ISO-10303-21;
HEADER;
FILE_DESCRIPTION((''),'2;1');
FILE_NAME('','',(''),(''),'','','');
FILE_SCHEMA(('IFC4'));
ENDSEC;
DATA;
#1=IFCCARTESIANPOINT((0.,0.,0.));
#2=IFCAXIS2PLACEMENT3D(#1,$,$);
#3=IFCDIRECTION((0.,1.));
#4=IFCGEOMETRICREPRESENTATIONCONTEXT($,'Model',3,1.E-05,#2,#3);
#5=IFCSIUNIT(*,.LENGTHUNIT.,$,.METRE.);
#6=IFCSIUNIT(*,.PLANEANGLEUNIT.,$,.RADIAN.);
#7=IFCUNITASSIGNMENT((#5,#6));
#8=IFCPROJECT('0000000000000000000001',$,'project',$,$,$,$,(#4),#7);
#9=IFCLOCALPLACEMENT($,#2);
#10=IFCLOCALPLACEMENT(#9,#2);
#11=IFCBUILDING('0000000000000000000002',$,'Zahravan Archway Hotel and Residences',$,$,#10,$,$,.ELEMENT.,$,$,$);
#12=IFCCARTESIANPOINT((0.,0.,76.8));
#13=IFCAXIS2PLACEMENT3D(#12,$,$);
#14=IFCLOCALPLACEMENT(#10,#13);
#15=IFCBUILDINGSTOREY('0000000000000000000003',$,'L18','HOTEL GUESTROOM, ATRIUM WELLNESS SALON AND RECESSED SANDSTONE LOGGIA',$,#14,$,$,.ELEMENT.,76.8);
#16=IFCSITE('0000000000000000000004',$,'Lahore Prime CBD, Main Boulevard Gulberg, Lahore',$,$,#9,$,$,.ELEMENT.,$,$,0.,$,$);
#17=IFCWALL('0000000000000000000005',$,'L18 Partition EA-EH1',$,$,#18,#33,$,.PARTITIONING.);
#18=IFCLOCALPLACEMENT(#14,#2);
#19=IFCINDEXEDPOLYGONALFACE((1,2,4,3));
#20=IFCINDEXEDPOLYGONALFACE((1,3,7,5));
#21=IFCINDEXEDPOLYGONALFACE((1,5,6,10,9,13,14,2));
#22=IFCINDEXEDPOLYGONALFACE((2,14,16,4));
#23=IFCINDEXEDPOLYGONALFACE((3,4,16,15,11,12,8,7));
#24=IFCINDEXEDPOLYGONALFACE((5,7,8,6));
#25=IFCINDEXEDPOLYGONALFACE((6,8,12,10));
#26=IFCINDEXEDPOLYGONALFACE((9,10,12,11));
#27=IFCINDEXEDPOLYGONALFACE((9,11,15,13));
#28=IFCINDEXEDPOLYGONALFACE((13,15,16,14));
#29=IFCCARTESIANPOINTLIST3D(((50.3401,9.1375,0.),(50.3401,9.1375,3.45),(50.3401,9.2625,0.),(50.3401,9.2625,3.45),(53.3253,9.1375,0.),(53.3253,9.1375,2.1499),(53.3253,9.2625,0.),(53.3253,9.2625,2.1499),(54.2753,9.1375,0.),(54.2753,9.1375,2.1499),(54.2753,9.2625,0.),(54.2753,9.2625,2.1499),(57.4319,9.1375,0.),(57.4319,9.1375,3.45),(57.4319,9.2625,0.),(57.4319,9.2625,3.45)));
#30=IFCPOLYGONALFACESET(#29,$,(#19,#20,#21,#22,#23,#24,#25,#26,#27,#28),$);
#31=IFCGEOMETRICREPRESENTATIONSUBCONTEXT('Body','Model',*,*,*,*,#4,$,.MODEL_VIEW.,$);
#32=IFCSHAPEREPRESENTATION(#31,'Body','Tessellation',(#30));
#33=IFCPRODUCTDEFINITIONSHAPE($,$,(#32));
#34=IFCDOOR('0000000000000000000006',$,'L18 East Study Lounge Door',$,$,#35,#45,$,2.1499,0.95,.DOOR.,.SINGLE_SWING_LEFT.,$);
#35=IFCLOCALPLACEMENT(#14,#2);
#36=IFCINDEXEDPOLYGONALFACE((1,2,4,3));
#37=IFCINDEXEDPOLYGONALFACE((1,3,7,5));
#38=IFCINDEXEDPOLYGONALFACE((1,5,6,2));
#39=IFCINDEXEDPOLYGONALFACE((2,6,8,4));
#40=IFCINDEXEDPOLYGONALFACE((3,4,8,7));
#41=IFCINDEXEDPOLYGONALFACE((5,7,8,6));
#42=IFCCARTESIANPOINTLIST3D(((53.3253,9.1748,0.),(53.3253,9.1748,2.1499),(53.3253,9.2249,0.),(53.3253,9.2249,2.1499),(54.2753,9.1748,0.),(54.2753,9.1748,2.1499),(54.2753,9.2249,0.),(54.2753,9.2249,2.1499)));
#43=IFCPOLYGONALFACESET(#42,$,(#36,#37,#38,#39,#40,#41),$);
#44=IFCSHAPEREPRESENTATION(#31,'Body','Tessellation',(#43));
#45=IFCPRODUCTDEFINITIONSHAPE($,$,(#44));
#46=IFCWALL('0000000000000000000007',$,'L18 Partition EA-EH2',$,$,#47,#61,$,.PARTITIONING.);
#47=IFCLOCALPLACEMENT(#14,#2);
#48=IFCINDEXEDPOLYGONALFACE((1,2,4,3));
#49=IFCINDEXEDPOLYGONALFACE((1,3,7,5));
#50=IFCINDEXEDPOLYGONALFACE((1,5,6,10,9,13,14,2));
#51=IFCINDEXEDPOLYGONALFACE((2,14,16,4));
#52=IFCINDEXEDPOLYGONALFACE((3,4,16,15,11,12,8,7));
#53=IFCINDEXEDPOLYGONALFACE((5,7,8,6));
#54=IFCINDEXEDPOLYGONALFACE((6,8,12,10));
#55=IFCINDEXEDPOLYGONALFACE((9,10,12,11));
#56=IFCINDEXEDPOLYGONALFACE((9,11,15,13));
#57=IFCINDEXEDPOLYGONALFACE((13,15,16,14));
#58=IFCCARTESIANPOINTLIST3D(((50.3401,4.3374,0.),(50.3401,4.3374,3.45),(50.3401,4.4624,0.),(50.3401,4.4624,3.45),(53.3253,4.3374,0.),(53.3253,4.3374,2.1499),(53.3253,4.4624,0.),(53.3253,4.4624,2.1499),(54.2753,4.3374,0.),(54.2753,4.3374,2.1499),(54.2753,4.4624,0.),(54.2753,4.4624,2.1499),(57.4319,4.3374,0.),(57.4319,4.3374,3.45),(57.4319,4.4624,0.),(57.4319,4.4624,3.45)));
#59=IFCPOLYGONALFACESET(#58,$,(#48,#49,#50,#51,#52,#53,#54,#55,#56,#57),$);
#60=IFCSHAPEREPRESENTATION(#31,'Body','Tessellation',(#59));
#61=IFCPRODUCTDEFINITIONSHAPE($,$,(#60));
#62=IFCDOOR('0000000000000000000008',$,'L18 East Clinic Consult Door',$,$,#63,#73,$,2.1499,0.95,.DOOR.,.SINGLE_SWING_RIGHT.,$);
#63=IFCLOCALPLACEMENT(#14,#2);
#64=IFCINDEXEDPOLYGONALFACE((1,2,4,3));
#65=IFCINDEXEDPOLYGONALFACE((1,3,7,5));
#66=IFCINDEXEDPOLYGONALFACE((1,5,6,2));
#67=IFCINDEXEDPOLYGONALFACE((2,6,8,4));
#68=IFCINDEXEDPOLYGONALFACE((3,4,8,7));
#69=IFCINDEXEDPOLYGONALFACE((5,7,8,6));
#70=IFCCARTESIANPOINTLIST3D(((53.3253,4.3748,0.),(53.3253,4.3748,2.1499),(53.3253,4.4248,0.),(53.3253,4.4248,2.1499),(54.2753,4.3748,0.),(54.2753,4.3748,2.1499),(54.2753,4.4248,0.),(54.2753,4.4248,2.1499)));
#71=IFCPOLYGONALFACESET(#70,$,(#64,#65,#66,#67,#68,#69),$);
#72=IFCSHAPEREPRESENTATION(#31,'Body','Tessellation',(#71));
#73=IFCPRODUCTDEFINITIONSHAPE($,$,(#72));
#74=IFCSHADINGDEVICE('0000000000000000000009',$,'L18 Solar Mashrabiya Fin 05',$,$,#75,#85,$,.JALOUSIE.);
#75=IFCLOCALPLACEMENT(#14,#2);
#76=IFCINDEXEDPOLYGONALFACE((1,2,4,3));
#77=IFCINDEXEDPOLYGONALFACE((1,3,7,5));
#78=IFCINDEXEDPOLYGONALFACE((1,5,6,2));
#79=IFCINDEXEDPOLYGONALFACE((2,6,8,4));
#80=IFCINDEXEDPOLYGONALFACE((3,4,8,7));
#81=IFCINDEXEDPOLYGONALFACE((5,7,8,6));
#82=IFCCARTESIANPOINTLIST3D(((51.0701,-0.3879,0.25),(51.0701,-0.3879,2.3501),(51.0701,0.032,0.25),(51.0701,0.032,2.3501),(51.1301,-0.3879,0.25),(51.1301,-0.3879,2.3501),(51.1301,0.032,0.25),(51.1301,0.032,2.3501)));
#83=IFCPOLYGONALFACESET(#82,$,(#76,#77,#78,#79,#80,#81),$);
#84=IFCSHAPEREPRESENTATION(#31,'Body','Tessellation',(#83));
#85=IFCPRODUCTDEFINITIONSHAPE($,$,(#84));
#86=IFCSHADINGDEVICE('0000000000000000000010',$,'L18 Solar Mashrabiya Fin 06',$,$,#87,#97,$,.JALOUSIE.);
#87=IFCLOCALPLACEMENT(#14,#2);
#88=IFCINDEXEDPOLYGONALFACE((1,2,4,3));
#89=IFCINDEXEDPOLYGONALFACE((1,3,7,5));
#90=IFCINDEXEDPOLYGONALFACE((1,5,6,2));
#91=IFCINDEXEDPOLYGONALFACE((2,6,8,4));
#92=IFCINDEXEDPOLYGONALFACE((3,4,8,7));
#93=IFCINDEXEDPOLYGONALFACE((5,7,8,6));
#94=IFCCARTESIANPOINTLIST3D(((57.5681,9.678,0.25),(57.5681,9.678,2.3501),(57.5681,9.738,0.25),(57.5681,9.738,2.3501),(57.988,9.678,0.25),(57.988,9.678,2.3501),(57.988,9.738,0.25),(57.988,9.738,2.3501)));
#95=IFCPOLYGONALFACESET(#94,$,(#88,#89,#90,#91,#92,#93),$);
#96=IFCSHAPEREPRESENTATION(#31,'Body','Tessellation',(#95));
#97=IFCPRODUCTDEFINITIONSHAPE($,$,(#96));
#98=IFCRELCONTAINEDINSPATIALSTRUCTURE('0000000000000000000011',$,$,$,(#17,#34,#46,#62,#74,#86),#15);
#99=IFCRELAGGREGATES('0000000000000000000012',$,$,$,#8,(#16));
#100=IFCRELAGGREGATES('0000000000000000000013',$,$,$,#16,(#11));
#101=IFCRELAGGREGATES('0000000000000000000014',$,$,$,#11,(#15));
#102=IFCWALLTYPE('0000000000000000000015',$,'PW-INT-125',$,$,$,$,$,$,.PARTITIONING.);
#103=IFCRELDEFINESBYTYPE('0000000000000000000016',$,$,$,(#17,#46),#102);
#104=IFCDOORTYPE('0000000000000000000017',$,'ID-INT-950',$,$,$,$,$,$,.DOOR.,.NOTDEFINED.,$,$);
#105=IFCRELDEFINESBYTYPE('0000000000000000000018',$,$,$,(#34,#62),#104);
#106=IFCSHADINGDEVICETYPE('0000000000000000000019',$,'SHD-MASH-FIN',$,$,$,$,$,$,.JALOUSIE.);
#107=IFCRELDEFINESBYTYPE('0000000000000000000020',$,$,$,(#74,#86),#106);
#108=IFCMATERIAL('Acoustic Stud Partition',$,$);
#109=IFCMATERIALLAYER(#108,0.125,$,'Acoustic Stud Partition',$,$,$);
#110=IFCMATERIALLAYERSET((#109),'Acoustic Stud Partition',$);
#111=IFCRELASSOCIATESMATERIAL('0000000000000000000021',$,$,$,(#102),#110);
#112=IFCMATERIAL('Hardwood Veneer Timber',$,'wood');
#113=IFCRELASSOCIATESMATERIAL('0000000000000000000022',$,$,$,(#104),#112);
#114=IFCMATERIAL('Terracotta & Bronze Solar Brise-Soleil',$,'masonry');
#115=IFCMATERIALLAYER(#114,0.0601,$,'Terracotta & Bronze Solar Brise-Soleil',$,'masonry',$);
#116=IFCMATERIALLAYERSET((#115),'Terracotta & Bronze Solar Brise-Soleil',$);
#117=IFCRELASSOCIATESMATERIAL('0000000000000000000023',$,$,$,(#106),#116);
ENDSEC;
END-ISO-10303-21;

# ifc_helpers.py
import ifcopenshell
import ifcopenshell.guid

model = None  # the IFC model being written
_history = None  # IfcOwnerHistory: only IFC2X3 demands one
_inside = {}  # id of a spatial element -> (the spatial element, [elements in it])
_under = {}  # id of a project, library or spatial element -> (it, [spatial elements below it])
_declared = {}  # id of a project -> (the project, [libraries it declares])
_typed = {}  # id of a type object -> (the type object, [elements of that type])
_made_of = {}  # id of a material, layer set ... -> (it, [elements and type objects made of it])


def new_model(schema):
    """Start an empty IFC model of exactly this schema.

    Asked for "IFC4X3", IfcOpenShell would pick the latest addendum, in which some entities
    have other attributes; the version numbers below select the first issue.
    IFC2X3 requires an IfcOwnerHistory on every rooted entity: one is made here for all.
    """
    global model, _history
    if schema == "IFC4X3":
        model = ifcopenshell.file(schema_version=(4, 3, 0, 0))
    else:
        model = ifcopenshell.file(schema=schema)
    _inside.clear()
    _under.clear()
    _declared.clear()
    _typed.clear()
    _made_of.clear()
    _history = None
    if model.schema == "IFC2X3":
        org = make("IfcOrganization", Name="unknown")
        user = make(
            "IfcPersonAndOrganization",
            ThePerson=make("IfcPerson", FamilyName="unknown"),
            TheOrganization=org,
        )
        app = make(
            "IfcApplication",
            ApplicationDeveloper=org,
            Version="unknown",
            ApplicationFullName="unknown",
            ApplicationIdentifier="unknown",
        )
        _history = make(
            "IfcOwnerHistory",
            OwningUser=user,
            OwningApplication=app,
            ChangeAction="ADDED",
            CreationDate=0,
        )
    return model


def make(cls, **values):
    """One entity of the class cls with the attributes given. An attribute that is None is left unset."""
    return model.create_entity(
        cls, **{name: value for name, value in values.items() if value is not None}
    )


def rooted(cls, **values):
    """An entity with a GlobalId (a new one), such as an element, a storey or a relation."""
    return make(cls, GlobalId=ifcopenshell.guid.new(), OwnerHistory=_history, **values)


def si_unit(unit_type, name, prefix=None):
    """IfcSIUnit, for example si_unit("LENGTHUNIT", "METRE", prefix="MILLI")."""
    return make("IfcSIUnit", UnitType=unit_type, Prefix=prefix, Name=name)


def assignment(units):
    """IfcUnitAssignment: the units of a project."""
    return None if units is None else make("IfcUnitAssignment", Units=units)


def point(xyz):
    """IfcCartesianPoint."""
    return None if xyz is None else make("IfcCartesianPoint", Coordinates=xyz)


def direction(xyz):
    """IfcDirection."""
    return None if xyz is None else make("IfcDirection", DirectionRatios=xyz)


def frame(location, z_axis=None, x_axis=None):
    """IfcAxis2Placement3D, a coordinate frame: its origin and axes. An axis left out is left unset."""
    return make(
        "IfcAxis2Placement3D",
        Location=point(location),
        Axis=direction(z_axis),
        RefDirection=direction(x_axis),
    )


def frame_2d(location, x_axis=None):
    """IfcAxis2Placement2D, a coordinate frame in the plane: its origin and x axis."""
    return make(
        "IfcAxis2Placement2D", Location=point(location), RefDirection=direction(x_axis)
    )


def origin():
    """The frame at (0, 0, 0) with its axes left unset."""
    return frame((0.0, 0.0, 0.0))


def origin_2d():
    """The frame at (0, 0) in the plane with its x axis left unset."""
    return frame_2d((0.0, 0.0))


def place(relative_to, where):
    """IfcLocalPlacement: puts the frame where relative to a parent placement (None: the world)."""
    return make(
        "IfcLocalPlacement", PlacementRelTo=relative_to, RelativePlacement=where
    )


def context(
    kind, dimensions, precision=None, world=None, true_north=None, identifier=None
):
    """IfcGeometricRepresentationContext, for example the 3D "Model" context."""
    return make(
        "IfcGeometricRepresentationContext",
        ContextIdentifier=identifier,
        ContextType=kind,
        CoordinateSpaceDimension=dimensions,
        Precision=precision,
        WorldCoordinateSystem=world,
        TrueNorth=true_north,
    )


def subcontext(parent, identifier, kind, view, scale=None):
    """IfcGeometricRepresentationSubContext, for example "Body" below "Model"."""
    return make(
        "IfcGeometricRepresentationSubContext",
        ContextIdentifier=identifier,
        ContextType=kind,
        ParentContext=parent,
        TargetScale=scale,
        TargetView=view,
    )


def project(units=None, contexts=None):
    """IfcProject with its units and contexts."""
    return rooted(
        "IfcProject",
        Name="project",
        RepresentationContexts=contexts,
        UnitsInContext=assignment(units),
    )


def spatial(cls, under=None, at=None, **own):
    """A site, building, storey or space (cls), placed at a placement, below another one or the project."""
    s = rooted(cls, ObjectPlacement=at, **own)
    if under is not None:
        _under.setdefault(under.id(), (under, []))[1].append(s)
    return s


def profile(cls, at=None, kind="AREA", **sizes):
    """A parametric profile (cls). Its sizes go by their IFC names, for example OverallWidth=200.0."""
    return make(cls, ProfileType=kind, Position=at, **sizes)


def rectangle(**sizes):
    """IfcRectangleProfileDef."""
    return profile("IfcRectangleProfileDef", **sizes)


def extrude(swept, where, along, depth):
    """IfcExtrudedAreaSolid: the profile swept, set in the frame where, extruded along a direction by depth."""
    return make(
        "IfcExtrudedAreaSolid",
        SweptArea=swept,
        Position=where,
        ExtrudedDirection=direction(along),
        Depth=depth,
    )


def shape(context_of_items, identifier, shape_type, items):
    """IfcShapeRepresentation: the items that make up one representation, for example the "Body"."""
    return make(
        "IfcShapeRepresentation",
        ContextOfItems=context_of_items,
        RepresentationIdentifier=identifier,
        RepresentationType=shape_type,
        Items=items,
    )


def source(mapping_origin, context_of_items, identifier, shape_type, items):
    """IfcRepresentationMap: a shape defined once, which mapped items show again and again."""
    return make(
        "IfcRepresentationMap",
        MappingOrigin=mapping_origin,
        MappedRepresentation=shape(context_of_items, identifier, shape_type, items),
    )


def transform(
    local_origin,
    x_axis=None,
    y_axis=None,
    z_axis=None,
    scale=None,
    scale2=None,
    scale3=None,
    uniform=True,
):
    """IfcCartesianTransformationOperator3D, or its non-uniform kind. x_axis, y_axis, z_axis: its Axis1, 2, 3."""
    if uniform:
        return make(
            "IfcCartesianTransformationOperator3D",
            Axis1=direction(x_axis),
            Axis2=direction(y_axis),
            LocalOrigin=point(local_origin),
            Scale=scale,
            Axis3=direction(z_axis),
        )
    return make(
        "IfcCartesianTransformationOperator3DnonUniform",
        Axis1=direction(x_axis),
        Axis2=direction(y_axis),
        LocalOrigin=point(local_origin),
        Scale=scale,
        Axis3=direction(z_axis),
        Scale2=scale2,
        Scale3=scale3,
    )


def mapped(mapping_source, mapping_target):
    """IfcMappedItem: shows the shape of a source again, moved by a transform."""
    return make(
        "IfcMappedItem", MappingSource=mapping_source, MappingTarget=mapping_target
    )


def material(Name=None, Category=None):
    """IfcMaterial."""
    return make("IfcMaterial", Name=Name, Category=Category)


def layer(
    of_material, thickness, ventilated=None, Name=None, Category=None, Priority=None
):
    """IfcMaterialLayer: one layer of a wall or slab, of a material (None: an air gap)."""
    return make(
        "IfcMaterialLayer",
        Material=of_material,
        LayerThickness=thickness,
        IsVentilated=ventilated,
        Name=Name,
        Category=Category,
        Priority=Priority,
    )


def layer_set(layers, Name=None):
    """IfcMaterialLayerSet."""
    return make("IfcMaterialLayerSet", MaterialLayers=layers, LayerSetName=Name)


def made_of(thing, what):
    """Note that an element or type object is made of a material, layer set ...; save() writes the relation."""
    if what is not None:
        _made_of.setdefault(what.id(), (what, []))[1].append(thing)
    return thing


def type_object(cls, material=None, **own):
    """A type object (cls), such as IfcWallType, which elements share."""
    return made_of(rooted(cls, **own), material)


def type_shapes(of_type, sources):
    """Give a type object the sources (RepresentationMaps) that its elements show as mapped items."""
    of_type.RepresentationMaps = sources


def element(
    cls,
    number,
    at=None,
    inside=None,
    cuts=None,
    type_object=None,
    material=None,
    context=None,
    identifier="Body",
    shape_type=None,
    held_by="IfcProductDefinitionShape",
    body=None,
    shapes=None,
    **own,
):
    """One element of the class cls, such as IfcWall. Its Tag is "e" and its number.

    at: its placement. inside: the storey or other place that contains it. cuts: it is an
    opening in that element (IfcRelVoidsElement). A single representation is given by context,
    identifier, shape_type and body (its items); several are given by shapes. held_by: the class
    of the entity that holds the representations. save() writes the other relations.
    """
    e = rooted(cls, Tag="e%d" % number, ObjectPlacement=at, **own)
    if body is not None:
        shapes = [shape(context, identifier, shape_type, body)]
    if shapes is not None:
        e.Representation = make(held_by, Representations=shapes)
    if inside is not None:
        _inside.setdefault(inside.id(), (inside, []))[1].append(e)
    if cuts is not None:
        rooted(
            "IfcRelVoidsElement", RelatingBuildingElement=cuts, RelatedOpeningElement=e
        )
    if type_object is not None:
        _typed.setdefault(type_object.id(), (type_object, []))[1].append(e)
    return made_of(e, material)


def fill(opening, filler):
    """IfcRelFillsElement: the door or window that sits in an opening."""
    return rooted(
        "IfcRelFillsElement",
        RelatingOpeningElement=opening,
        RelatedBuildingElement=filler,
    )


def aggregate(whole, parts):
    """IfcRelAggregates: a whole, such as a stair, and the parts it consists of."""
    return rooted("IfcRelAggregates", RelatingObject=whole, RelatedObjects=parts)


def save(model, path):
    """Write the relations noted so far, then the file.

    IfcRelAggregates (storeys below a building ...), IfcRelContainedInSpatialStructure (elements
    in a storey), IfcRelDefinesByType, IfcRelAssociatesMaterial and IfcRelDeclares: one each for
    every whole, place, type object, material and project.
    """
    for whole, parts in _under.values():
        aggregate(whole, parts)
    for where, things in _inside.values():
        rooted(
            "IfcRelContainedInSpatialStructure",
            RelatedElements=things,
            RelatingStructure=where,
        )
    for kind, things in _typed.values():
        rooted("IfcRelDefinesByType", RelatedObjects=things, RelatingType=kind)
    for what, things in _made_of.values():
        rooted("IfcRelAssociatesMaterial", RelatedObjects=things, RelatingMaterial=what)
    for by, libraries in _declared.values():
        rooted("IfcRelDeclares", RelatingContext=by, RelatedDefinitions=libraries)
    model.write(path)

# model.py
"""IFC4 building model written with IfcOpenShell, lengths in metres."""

from ifc_helpers import new_model, si_unit, direction, frame, frame_2d, origin, origin_2d, place, context, subcontext, project, spatial, rectangle, extrude, source, transform, mapped, material, layer, layer_set, type_object, type_shapes, element, fill, save


model = new_model("IFC4")

# Units and contexts
model_context = context("Model", 3, precision=1e-05, world=origin(), true_north=direction((0.0, 1.0)))
body_context = subcontext(model_context, "Body", "Model", "MODEL_VIEW")
ifc_project = project(units=[si_unit("LENGTHUNIT", "METRE"), si_unit("PLANEANGLEUNIT", "RADIAN")], contexts=[model_context])

# Site, building, storey
site_placement = place(None, origin())
site = spatial("IfcSite", under=ifc_project, at=site_placement, Name="Lahore Prime CBD, Main Boulevard Gulberg, Lahore", CompositionType="ELEMENT", RefElevation=0.0)
building_placement = place(site_placement, origin())
building = spatial("IfcBuilding", under=site, at=building_placement, Name="Zahravan Archway Hotel and Residences", CompositionType="ELEMENT")
storey_placement = place(building_placement, frame((0.0, 0.0, 76.8)))
storey = spatial("IfcBuildingStorey", under=building, at=storey_placement, Name="L18", Description="HOTEL GUESTROOM, ATRIUM WELLNESS SALON AND RECESSED SANDSTONE LOGGIA", CompositionType="ELEMENT", Elevation=76.8)

# Walls, openings, doors
ifc_material_1 = material(Name="Acoustic Stud Partition")
ifc_layer_1 = layer(ifc_material_1, 0.125, Name="Acoustic Stud Partition")
ifc_layer_set_1 = layer_set([ifc_layer_1], Name="Acoustic Stud Partition")
wall_type_1 = type_object("IfcWallType", Name="PW-INT-125", PredefinedType="PARTITIONING", material=ifc_layer_set_1)
wall_1_placement = place(storey_placement, frame((50.3401, 9.2, 0.0), z_axis=(0.0, 0.0, 1.0), x_axis=(1.0, 0.0, 0.0)))
wall_1 = element("IfcWall", 1, at=wall_1_placement, inside=storey, type_object=wall_type_1, Name="L18 Partition EA-EH1", PredefinedType="PARTITIONING", context=body_context, shape_type="SweptSolid", body=[
    extrude(rectangle(XDim=7.0918, YDim=0.125, at=frame_2d((3.5459, 0.0))), origin(), (0.0, 0.0, 1.0), 3.45),
])
opening_1_placement = place(wall_1_placement, frame((2.9851, 0.0, 0.0)))
opening_1 = element("IfcOpeningElement", 2, at=opening_1_placement, cuts=wall_1, PredefinedType="OPENING", context=body_context, shape_type="SweptSolid", body=[
    extrude(rectangle(XDim=0.95, YDim=2.1499, at=frame_2d((0.4751, 1.075))), frame((0.0, 0.0725, 0.0), z_axis=(0.0, -1.0, 0.0), x_axis=(1.0, 0.0, 0.0)), (0.0, 0.0, 1.0), 0.145),
])
ifc_material_2 = material(Name="Hardwood Veneer Timber", Category="wood")
door_type_1 = type_object("IfcDoorType", Name="ID-INT-950", OperationType="NOTDEFINED", PredefinedType="DOOR", material=ifc_material_2)
shared_shape_1 = source(origin(), body_context, "Body", "SweptSolid", [
    extrude(rectangle(XDim=0.95, YDim=2.1499, at=frame_2d((0.4751, 1.075))), frame((0.0, 0.0249, 0.0), z_axis=(0.0, -1.0, 0.0), x_axis=(1.0, 0.0, 0.0)), (0.0, 0.0, 1.0), 0.05),
])
type_shapes(door_type_1, [shared_shape_1])
door_1_placement = place(opening_1_placement, origin())
door_1 = element("IfcDoor", 3, at=door_1_placement, inside=storey, type_object=door_type_1, Name="L18 East Study Lounge Door", OperationType="SINGLE_SWING_LEFT", OverallHeight=2.1499, OverallWidth=0.95, PredefinedType="DOOR", context=body_context, shape_type="MappedRepresentation", body=[
    mapped(shared_shape_1, transform((0.0, 0.0, 0.0), scale=1.0)),
])
fill(opening_1, door_1)
wall_2_placement = place(storey_placement, frame((50.3401, 4.3999, 0.0), z_axis=(0.0, 0.0, 1.0), x_axis=(1.0, 0.0, 0.0)))
wall_2 = element("IfcWall", 4, at=wall_2_placement, inside=storey, type_object=wall_type_1, Name="L18 Partition EA-EH2", PredefinedType="PARTITIONING", context=body_context, shape_type="SweptSolid", body=[
    extrude(rectangle(XDim=7.0918, YDim=0.125, at=frame_2d((3.5459, 0.0))), origin(), (0.0, 0.0, 1.0), 3.45),
])
opening_2_placement = place(wall_2_placement, frame((2.9851, 0.0, 0.0)))
opening_2 = element("IfcOpeningElement", 5, at=opening_2_placement, cuts=wall_2, PredefinedType="OPENING", context=body_context, shape_type="SweptSolid", body=[
    extrude(rectangle(XDim=0.95, YDim=2.1499, at=frame_2d((0.4751, 1.075))), frame((0.0, 0.0725, 0.0), z_axis=(0.0, -1.0, 0.0), x_axis=(1.0, 0.0, 0.0)), (0.0, 0.0, 1.0), 0.145),
])
door_2_placement = place(opening_2_placement, origin())
door_2 = element("IfcDoor", 6, at=door_2_placement, inside=storey, type_object=door_type_1, Name="L18 East Clinic Consult Door", OperationType="SINGLE_SWING_RIGHT", OverallHeight=2.1499, OverallWidth=0.95, PredefinedType="DOOR", context=body_context, shape_type="MappedRepresentation", body=[
    mapped(shared_shape_1, transform((0.0, 0.0, 0.0), scale=1.0)),
])
fill(opening_2, door_2)

# Shading devices
ifc_material_3 = material(Name="Terracotta & Bronze Solar Brise-Soleil", Category="masonry")
ifc_layer_2 = layer(ifc_material_3, 0.0601, Name="Terracotta & Bronze Solar Brise-Soleil", Category="masonry")
ifc_layer_set_2 = layer_set([ifc_layer_2], Name="Terracotta & Bronze Solar Brise-Soleil")
shading_device_type = type_object("IfcShadingDeviceType", Name="SHD-MASH-FIN", PredefinedType="JALOUSIE", material=ifc_layer_set_2)
shared_shape_2 = source(origin(), body_context, "Body", "SweptSolid", [
    extrude(rectangle(XDim=0.0601, YDim=0.4199, at=origin_2d()), origin(), (0.0, 0.0, 1.0), 2.1001),
])
type_shapes(shading_device_type, [shared_shape_2])
for number, where, z_axis, x_axis, name in (
    (7, (51.1001, -0.178, 0.25), (0.0, 0.0, 1.0), (1.0, 0.0, 0.0), "L18 Solar Mashrabiya Fin 05"),
    (8, (57.7781, 9.708, 0.25), (0.0, 0.0, 1.0), (0.0, 1.0, 0.0), "L18 Solar Mashrabiya Fin 06"),
):
    element("IfcShadingDevice", number, at=place(storey_placement, frame(where, z_axis=z_axis, x_axis=x_axis)), inside=storey, type_object=shading_device_type, Name=name, PredefinedType="JALOUSIE", context=body_context, shape_type="MappedRepresentation", body=[
        mapped(shared_shape_2, transform((0.0, 0.0, 0.0), scale=1.0)),
    ])

save(model, "model.ifc")
